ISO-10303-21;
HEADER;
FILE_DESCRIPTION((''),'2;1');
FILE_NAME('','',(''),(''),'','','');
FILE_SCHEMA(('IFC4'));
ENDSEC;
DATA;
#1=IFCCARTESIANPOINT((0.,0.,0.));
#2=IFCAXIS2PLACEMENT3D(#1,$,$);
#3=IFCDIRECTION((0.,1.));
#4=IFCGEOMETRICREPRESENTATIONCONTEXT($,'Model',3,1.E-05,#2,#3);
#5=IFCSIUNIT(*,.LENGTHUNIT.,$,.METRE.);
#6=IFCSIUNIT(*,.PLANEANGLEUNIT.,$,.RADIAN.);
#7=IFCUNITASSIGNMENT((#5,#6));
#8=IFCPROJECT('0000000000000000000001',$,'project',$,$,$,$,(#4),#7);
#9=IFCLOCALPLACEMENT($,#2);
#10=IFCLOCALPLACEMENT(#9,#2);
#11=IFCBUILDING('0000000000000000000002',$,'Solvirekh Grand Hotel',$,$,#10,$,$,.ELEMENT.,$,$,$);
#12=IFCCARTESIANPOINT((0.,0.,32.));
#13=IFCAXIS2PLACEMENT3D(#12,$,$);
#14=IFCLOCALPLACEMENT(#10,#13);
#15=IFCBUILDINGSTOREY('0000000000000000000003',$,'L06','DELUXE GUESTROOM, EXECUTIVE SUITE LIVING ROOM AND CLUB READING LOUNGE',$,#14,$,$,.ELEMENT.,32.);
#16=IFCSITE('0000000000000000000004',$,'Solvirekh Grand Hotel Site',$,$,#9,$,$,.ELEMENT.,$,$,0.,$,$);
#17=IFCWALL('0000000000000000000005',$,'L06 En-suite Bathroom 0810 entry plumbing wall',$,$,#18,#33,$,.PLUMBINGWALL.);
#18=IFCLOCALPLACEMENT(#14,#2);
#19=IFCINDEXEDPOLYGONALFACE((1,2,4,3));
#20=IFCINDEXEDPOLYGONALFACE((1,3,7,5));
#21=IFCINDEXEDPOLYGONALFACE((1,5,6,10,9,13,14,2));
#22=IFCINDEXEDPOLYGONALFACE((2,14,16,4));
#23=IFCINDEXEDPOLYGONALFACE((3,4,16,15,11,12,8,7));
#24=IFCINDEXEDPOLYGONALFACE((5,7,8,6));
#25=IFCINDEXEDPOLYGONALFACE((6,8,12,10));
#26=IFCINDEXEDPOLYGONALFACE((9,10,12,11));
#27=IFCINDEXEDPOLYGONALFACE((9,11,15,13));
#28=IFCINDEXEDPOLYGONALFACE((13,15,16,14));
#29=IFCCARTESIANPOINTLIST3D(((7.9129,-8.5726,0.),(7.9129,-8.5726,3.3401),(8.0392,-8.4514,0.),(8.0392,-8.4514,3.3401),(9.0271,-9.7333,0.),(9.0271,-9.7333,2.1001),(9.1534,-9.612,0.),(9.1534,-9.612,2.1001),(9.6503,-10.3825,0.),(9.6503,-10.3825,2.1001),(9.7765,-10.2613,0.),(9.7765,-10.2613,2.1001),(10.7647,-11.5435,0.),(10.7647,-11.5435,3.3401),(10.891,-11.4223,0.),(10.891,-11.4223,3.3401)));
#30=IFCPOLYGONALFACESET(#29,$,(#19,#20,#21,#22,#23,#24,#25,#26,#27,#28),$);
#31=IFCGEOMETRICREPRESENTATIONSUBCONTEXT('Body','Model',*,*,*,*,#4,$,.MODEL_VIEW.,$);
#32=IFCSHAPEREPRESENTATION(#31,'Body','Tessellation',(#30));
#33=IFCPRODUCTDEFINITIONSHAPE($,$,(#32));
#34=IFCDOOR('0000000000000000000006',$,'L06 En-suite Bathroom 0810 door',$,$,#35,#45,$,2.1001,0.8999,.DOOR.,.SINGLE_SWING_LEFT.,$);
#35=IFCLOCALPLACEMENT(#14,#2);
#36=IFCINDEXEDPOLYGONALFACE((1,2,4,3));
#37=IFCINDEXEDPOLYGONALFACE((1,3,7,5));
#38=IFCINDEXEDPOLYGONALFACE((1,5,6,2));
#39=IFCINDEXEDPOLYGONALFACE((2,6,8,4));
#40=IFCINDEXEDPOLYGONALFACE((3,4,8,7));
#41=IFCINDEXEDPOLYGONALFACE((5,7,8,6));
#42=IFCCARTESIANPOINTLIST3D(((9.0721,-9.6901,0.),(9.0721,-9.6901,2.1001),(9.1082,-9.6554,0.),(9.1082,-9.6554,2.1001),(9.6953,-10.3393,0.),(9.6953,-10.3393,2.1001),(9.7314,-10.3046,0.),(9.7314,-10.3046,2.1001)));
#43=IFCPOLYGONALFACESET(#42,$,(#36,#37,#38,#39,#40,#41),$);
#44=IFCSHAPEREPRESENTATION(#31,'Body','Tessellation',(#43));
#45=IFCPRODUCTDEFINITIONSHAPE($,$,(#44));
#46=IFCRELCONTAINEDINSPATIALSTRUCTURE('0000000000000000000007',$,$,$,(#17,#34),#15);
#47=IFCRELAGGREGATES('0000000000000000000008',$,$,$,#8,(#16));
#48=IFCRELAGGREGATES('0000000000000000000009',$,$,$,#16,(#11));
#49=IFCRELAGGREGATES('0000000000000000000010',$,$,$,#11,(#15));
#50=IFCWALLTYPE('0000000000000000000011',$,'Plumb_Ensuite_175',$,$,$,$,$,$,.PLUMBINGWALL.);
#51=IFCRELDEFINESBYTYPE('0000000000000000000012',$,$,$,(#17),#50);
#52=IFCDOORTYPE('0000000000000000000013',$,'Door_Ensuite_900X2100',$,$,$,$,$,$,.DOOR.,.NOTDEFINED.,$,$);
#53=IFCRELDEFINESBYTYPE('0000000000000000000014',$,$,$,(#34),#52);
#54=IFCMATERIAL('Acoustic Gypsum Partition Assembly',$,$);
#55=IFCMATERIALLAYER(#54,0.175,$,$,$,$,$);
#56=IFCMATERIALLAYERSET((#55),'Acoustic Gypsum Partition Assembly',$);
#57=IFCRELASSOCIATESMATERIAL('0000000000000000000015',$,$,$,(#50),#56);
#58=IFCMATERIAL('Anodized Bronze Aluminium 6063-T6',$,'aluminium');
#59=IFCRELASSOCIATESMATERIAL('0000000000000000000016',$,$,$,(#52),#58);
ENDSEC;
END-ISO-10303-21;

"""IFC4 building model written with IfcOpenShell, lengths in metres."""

from ifc_helpers import new_model, si_unit, direction, frame, frame_2d, origin, place, context, subcontext, project, spatial, rectangle, extrude, material, layer, layer_set, type_object, element, fill, save


model = new_model("IFC4")

# Units and contexts
model_context = context("Model", 3, precision=1e-05, world=origin(), true_north=direction((0.0, 1.0)))
body_context = subcontext(model_context, "Body", "Model", "MODEL_VIEW")
ifc_project = project(units=[si_unit("LENGTHUNIT", "METRE"), si_unit("PLANEANGLEUNIT", "RADIAN")], contexts=[model_context])

# Site, building, storey
site_placement = place(None, origin())
site = spatial("IfcSite", under=ifc_project, at=site_placement, Name="Solvirekh Grand Hotel Site", CompositionType="ELEMENT", RefElevation=0.0)
building_placement = place(site_placement, origin())
building = spatial("IfcBuilding", under=site, at=building_placement, Name="Solvirekh Grand Hotel", CompositionType="ELEMENT")
storey_placement = place(building_placement, frame((0.0, 0.0, 32.0)))
storey = spatial("IfcBuildingStorey", under=building, at=storey_placement, Name="L06", Description="DELUXE GUESTROOM, EXECUTIVE SUITE LIVING ROOM AND CLUB READING LOUNGE", CompositionType="ELEMENT", Elevation=32.0)

# Shared definitions
ifc_material_1 = material(Name="Anodized Bronze Aluminium 6063-T6", Category="aluminium")

# Shared definitions
ifc_material_2 = material(Name="Acoustic Gypsum Partition Assembly")

# Shared definitions
ifc_layer_1 = layer(ifc_material_2, 0.175)
ifc_layer_set_1 = layer_set([ifc_layer_1], Name="Acoustic Gypsum Partition Assembly")
wall_type_1 = type_object("IfcWallType", Name="Plumb_Ensuite_175", PredefinedType="PLUMBINGWALL", material=ifc_layer_set_1)

# Wall, opening, door
wall_1_placement = place(storey_placement, frame((7.9761, -8.512, 0.0), z_axis=(0.0, 0.0, 1.0), x_axis=(0.692494, -0.721424, 0.0)))
wall_1 = element("IfcWall", 1, at=wall_1_placement, inside=storey, type_object=wall_type_1, Name="L06 En-suite Bathroom 0810 entry plumbing wall", PredefinedType="PLUMBINGWALL", context=body_context, shape_type="SweptSolid", body=[
    extrude(rectangle(XDim=4.1182, YDim=0.175, at=frame_2d((2.0591, 0.0))), origin(), (0.0, 0.0, 1.0), 3.3401),
])
opening_1_placement = place(wall_1_placement, frame((1.6089, 0.0, 0.0)))
opening_1 = element("IfcOpeningElement", 2, at=opening_1_placement, cuts=wall_1, PredefinedType="OPENING", context=body_context, shape_type="SweptSolid", body=[
    extrude(rectangle(XDim=0.8999, YDim=2.1001, at=frame_2d((0.45, 1.05))), frame((0.0, 0.0977, 0.0), z_axis=(0.0, -1.0, 0.0), x_axis=(1.0, 0.0, 0.0)), (0.0, 0.0, 1.0), 0.1951),
])
door_type_1 = type_object("IfcDoorType", Name="Door_Ensuite_900X2100", OperationType="NOTDEFINED", PredefinedType="DOOR", material=ifc_material_1)
door_1_placement = place(opening_1_placement, origin())
door_1 = element("IfcDoor", 3, at=door_1_placement, inside=storey, type_object=door_type_1, Name="L06 En-suite Bathroom 0810 door", OperationType="SINGLE_SWING_LEFT", OverallHeight=2.1001, OverallWidth=0.8999, PredefinedType="DOOR", context=body_context, shape_type="SweptSolid", body=[
    extrude(rectangle(XDim=0.8999, YDim=2.1001, at=frame_2d((0.45, 1.05))), frame((0.0, 0.0249, 0.0), z_axis=(0.0, -1.0, 0.0), x_axis=(1.0, 0.0, 0.0)), (0.0, 0.0, 1.0), 0.05),
])
fill(opening_1, door_1)

save(model, "model.ifc")
